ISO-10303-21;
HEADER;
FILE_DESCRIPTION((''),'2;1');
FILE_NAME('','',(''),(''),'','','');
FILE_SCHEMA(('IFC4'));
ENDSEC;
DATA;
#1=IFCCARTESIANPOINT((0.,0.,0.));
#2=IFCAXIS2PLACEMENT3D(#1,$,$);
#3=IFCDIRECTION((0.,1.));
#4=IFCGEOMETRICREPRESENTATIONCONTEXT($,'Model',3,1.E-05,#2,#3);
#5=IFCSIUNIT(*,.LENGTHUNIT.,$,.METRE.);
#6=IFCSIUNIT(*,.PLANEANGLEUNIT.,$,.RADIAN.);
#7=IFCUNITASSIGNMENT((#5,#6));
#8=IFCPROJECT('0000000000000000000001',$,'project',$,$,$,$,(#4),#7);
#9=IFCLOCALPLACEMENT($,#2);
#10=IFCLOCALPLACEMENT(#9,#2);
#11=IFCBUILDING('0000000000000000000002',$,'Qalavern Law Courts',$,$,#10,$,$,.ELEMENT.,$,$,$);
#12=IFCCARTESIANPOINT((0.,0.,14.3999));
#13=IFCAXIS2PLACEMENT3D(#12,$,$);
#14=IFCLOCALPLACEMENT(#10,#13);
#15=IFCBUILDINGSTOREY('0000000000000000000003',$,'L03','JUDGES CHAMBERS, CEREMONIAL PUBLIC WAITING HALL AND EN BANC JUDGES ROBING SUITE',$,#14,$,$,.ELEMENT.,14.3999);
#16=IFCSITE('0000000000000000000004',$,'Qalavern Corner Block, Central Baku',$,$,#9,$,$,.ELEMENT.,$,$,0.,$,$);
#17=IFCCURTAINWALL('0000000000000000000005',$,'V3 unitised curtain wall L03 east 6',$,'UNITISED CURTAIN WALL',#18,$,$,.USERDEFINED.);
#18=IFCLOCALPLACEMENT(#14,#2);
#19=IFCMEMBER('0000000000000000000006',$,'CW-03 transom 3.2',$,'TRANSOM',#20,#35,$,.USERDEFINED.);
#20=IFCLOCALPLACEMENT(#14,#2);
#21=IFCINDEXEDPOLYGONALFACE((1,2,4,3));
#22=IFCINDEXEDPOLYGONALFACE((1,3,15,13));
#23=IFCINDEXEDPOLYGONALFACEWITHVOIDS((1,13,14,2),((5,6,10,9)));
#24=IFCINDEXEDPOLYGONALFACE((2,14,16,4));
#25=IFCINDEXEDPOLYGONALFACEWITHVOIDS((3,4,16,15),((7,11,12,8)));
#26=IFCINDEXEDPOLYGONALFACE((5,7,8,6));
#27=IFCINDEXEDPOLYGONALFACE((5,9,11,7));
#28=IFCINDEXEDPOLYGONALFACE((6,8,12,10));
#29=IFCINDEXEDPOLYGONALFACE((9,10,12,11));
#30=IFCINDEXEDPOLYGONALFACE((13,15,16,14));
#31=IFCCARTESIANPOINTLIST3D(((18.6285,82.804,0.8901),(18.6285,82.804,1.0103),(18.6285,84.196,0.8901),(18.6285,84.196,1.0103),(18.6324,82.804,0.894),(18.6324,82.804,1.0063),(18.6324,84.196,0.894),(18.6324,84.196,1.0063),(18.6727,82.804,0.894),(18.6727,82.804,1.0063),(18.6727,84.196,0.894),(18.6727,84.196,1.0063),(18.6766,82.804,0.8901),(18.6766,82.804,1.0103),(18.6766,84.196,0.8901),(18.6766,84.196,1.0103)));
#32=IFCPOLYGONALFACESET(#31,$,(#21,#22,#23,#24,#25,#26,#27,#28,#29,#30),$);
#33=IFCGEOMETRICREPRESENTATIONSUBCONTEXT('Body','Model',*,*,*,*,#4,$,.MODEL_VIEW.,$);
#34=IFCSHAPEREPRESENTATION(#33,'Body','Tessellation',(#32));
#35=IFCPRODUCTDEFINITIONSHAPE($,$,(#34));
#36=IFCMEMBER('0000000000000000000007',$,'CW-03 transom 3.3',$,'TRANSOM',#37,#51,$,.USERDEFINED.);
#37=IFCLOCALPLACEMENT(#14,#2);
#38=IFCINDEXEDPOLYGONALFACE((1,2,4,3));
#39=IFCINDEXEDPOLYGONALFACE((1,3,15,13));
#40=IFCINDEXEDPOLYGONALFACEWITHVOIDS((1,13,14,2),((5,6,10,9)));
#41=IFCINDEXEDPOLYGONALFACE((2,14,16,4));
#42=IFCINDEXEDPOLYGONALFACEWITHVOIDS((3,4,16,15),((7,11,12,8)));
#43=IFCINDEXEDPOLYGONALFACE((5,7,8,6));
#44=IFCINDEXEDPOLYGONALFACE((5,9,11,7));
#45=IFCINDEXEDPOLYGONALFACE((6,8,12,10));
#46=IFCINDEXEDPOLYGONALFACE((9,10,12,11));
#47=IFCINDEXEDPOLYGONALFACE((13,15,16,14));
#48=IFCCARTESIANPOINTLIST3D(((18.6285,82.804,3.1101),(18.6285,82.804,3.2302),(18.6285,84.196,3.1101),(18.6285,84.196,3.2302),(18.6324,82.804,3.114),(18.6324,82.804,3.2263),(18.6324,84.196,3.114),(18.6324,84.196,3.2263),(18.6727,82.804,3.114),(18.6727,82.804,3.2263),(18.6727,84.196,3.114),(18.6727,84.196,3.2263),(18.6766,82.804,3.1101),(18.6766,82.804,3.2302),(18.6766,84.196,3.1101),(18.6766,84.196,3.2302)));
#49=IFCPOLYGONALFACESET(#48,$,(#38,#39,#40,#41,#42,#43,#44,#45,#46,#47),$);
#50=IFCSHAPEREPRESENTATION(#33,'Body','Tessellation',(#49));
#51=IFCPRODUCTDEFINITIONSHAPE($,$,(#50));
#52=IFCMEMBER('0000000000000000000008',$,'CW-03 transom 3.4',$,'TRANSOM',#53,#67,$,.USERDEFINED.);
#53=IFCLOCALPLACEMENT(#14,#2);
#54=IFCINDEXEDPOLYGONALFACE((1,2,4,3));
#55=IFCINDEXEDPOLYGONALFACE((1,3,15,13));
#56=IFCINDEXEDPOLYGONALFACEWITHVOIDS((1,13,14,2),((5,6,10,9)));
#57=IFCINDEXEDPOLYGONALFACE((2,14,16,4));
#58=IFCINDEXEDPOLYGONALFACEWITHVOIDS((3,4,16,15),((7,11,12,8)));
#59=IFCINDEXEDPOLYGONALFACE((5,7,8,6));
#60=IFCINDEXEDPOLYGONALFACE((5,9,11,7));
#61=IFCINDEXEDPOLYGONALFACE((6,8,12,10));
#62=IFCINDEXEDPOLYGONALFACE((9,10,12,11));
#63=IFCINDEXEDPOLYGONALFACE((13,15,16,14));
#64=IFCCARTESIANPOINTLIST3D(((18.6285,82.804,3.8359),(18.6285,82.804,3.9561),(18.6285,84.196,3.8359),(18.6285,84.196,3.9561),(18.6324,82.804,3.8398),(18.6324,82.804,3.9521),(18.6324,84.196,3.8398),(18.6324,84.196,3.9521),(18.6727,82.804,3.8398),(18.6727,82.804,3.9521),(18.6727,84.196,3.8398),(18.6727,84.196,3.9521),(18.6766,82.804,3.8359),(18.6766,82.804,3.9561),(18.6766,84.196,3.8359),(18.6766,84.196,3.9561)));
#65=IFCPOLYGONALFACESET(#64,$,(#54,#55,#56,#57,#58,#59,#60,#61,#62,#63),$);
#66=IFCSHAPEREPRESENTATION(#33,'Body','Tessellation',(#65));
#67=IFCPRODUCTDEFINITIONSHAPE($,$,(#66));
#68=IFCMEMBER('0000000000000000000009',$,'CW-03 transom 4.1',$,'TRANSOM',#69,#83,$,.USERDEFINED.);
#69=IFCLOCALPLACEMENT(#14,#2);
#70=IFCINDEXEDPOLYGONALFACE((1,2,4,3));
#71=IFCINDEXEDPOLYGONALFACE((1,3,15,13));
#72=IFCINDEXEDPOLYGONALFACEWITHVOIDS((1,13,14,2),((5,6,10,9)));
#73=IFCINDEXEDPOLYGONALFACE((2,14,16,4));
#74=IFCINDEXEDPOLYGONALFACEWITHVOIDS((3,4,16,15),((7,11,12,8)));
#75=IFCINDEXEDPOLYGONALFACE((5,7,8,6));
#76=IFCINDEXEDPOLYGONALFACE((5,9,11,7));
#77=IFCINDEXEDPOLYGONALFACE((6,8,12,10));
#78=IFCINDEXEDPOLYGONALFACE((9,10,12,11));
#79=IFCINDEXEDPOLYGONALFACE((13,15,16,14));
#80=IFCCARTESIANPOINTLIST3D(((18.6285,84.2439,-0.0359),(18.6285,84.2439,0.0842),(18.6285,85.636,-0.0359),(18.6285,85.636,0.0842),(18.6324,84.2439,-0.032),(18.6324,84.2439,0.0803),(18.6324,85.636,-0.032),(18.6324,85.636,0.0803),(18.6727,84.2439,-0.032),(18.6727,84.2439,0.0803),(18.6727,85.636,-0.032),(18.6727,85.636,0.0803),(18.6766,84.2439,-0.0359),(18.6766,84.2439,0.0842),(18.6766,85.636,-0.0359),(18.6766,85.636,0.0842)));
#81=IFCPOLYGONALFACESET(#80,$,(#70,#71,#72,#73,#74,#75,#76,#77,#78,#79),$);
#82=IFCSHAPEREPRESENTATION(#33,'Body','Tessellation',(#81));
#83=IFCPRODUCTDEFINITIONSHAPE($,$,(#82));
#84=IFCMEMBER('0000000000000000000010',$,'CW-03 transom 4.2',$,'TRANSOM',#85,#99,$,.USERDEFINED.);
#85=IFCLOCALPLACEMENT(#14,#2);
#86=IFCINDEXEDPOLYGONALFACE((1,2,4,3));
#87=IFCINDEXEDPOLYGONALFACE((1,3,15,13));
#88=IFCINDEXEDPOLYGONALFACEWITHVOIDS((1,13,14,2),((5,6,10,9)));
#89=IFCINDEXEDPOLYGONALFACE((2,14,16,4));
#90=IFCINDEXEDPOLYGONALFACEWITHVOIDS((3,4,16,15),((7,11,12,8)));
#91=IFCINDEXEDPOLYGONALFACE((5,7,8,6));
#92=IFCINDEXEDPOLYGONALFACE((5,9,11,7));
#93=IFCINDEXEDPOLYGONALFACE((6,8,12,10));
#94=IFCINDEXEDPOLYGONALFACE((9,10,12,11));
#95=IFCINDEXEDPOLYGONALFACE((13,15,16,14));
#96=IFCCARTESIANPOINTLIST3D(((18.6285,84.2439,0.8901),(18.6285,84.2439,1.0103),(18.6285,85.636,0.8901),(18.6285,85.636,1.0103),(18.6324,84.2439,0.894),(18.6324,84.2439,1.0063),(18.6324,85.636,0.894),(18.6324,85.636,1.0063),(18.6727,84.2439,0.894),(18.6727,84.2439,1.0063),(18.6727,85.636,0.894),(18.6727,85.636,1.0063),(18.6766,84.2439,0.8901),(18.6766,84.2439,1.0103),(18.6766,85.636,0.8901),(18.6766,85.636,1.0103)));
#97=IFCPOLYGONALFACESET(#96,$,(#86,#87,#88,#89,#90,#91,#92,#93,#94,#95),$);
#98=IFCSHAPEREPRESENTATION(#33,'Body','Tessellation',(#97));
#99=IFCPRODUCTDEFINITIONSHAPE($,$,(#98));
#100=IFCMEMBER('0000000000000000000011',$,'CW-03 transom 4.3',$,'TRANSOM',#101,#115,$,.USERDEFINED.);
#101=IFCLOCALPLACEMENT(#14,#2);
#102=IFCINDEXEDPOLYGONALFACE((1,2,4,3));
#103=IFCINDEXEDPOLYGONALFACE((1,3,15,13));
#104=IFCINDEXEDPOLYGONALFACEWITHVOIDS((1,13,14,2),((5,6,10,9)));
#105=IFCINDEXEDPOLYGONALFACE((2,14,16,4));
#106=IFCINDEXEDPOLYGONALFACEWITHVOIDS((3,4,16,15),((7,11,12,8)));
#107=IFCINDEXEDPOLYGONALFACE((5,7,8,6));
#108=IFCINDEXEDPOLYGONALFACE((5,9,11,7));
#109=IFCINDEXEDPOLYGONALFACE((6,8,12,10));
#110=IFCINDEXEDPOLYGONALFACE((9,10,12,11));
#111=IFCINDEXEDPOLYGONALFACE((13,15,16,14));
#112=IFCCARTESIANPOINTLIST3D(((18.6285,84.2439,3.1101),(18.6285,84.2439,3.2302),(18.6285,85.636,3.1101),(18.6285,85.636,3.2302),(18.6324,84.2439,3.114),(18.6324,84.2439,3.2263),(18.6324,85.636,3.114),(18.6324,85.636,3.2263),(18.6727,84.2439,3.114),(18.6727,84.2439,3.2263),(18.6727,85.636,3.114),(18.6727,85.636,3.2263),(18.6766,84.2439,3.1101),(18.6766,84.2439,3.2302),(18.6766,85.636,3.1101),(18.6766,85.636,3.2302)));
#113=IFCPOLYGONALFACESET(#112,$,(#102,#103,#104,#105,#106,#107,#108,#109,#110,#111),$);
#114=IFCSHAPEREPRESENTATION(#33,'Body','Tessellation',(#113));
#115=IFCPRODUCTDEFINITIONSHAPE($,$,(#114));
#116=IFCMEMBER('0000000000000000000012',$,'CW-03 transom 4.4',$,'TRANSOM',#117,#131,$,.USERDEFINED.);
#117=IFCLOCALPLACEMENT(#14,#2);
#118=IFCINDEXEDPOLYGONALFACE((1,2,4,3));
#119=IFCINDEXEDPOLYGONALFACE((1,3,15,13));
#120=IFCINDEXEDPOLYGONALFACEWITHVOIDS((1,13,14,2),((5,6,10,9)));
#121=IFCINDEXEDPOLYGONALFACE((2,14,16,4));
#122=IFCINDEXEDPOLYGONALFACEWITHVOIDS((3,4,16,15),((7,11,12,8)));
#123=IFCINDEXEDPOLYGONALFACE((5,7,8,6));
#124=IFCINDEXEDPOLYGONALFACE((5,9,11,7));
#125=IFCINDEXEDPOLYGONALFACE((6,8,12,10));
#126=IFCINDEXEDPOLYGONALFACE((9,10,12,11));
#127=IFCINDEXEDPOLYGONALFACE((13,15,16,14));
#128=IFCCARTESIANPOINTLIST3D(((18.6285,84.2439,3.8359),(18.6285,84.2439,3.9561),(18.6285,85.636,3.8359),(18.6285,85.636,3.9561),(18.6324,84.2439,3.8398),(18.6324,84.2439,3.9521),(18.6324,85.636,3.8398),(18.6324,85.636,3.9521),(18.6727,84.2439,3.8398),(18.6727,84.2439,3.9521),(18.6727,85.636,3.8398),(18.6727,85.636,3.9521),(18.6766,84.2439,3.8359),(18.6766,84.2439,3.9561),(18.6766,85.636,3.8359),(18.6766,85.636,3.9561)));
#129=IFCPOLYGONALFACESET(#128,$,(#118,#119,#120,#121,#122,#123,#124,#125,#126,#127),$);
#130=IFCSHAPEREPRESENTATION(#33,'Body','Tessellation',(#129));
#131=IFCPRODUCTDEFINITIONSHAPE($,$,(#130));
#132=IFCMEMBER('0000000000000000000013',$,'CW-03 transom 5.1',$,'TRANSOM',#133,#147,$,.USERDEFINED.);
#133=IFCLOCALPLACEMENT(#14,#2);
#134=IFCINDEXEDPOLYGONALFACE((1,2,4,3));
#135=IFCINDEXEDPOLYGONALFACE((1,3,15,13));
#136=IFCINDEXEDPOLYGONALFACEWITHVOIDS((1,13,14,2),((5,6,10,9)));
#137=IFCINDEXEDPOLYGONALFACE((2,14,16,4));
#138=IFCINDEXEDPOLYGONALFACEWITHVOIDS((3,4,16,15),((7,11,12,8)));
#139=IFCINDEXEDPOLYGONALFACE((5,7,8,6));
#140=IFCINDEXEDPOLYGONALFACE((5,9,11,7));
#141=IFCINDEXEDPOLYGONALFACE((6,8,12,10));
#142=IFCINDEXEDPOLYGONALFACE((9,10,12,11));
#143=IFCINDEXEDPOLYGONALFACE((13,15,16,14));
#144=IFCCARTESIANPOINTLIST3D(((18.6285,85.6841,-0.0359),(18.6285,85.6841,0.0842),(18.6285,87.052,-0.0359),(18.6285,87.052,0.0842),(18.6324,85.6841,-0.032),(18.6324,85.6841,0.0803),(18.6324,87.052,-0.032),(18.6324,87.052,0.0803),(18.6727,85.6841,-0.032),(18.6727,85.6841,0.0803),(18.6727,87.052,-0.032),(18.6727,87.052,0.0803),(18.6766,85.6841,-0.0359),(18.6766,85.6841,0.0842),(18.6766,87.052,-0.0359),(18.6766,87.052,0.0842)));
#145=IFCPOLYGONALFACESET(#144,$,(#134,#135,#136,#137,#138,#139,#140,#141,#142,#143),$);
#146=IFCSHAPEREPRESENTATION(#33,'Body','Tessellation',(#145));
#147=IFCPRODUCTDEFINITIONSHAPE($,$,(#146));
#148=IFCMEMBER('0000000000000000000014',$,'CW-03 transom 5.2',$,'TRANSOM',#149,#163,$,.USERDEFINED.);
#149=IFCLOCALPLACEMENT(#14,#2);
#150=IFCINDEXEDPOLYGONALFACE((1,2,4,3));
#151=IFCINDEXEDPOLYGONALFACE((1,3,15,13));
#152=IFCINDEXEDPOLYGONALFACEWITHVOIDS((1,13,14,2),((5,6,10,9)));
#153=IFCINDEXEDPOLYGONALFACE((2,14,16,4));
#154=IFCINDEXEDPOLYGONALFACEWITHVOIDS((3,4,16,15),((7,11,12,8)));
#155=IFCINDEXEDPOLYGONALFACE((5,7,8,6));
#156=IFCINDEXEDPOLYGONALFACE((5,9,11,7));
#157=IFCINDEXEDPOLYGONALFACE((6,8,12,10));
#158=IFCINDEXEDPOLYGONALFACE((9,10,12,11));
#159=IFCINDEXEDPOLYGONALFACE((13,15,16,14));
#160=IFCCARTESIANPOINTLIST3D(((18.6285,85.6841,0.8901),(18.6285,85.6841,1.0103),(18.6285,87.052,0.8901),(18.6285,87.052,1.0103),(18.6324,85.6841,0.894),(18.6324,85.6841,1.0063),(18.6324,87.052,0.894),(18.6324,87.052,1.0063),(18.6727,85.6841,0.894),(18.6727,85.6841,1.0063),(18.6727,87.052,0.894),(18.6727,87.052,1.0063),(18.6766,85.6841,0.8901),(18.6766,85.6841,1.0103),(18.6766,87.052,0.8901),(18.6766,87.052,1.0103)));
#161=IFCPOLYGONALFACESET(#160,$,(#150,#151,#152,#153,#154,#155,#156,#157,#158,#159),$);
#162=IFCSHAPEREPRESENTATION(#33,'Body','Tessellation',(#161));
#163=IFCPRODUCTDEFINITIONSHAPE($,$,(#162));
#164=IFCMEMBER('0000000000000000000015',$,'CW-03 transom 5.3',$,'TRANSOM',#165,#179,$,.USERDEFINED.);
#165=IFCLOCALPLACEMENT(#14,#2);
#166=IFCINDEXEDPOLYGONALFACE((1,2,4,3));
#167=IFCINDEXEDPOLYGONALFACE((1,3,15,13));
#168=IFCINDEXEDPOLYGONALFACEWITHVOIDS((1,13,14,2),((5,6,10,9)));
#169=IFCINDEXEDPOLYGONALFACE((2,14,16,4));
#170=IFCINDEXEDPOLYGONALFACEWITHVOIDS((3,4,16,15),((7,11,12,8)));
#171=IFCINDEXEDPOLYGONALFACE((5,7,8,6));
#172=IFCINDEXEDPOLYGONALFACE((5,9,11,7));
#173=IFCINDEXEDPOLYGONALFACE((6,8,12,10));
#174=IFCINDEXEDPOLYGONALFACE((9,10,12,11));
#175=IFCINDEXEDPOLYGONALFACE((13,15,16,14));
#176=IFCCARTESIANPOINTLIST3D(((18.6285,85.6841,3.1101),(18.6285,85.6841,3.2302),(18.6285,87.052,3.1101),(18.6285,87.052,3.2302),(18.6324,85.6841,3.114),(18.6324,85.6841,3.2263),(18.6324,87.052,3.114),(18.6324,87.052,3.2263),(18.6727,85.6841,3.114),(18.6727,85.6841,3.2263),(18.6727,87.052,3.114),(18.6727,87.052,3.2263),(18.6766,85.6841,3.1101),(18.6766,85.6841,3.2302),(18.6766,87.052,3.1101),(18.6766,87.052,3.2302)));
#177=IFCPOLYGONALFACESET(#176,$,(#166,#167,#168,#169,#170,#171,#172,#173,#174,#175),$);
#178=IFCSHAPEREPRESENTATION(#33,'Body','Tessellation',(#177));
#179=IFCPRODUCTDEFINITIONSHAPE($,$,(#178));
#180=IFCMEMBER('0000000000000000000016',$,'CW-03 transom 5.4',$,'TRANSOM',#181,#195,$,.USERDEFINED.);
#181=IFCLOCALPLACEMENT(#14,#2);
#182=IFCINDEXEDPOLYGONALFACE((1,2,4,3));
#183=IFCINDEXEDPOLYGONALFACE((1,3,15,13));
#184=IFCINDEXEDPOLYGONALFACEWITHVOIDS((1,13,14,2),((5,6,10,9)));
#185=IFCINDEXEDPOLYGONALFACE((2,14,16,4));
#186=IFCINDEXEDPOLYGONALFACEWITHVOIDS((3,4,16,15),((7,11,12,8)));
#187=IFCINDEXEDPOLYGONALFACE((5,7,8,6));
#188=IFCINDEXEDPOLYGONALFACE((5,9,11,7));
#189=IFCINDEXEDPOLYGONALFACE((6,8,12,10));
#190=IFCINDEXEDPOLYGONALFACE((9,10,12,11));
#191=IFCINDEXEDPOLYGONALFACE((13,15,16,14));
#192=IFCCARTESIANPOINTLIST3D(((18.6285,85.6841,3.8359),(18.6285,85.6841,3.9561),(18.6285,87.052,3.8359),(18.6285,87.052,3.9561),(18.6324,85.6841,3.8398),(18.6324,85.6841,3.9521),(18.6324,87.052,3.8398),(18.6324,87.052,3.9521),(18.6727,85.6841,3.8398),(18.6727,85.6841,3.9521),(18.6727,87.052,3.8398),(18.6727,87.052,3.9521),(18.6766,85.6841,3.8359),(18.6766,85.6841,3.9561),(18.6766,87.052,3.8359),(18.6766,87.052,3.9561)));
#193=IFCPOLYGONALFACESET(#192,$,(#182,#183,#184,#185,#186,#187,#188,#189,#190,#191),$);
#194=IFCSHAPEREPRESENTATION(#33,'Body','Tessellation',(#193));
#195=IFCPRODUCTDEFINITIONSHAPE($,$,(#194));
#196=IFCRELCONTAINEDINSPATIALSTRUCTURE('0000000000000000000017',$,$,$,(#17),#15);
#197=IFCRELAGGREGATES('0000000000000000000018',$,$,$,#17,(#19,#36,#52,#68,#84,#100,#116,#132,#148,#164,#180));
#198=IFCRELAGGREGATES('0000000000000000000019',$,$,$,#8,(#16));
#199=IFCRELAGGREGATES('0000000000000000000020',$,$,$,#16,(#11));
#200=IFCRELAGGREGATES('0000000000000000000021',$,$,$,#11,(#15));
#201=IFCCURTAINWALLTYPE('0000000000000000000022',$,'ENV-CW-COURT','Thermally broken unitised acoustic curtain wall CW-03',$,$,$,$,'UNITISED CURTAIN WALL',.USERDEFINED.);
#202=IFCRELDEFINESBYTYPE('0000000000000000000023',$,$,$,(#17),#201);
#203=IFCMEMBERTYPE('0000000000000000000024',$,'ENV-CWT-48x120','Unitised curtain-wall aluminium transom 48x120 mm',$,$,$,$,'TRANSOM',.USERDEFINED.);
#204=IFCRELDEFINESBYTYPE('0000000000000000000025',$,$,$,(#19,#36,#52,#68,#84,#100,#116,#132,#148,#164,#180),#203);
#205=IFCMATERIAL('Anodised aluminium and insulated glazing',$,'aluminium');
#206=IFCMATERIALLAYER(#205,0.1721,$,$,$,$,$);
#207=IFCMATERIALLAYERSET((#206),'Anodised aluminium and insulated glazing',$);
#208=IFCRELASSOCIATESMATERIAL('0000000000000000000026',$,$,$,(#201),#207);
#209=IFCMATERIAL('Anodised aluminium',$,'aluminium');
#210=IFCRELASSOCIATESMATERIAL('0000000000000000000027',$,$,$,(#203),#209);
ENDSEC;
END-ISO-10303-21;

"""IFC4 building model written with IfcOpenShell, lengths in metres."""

from ifc_helpers import new_model, si_unit, direction, frame, origin, origin_2d, place, context, subcontext, project, spatial, hollow_rectangle, extrude, material, layer, layer_set, material_profile, profile_set, type_object, element, aggregate, save


model = new_model("IFC4")

# Units and contexts
model_context = context("Model", 3, precision=1e-05, world=origin(), true_north=direction((0.0, 1.0)))
body_context = subcontext(model_context, "Body", "Model", "MODEL_VIEW")
ifc_project = project(units=[si_unit("LENGTHUNIT", "METRE"), si_unit("PLANEANGLEUNIT", "RADIAN")], contexts=[model_context])

# Site, building, storey
site_placement = place(None, origin())
site = spatial("IfcSite", under=ifc_project, at=site_placement, Name="Qalavern Corner Block, Central Baku", CompositionType="ELEMENT", RefElevation=0.0)
building_placement = place(site_placement, origin())
building = spatial("IfcBuilding", under=site, at=building_placement, Name="Qalavern Law Courts", CompositionType="ELEMENT")
storey_placement = place(building_placement, frame((0.0, 0.0, 14.3999)))
storey = spatial("IfcBuildingStorey", under=building, at=storey_placement, Name="L03", Description="JUDGES CHAMBERS, CEREMONIAL PUBLIC WAITING HALL AND EN BANC JUDGES ROBING SUITE", CompositionType="ELEMENT", Elevation=14.3999)

# Curtain wall, members
ifc_material_1 = material(Name="Anodised aluminium and insulated glazing", Category="aluminium")
ifc_layer_1 = layer(ifc_material_1, 0.1721)
ifc_layer_set_1 = layer_set([ifc_layer_1], Name="Anodised aluminium and insulated glazing")
curtain_wall_type = type_object("IfcCurtainWallType", Name="ENV-CW-COURT", Description="Thermally broken unitised acoustic curtain wall CW-03", ElementType="UNITISED CURTAIN WALL", PredefinedType="USERDEFINED", material=ifc_layer_set_1)
curtain_wall_placement = place(storey_placement, origin())
curtain_wall = element("IfcCurtainWall", 1, at=curtain_wall_placement, inside=storey, type_object=curtain_wall_type, Name="V3 unitised curtain wall L03 east 6", ObjectType="UNITISED CURTAIN WALL", PredefinedType="USERDEFINED")
ifc_material_2 = material(Name="Anodised aluminium", Category="aluminium")
ifc_material_profile_1 = material_profile(ifc_material_2, hollow_rectangle(XDim=0.0481, YDim=0.1201, WallThickness=0.0039, at=origin_2d()), Name="ALU TRANSOM 48x120")
ifc_profile_set_1 = profile_set([ifc_material_profile_1], Name="Anodised aluminium")
member_type_1 = type_object("IfcMemberType", Name="ENV-CWT-48x120", Description="Unitised curtain-wall aluminium transom 48x120 mm", ElementType="TRANSOM", PredefinedType="USERDEFINED", material=ifc_profile_set_1)
member_1_placement = place(storey_placement, frame((18.6526, 82.804, 0.9502), z_axis=(0.0, 1.0, 0.0), x_axis=(-1.0, 0.0, 0.0)))
member_1 = element("IfcMember", 2, at=member_1_placement, type_object=member_type_1, Name="CW-03 transom 3.2", ObjectType="TRANSOM", PredefinedType="USERDEFINED", context=body_context, shape_type="SweptSolid", body=[
    extrude(hollow_rectangle(XDim=0.0481, YDim=0.1201, WallThickness=0.0039, at=origin_2d()), origin(), (0.0, 0.0, 1.0), 1.3921),
])
member_2_placement = place(storey_placement, frame((18.6526, 82.804, 3.1702), z_axis=(0.0, 1.0, 0.0), x_axis=(-1.0, 0.0, 0.0)))
member_2 = element("IfcMember", 3, at=member_2_placement, type_object=member_type_1, Name="CW-03 transom 3.3", ObjectType="TRANSOM", PredefinedType="USERDEFINED", context=body_context, shape_type="SweptSolid", body=[
    extrude(hollow_rectangle(XDim=0.0481, YDim=0.1201, WallThickness=0.0039, at=origin_2d()), origin(), (0.0, 0.0, 1.0), 1.3921),
])
member_3_placement = place(storey_placement, frame((18.6526, 82.804, 3.896), z_axis=(0.0, 1.0, 0.0), x_axis=(-1.0, 0.0, 0.0)))
member_3 = element("IfcMember", 4, at=member_3_placement, type_object=member_type_1, Name="CW-03 transom 3.4", ObjectType="TRANSOM", PredefinedType="USERDEFINED", context=body_context, shape_type="SweptSolid", body=[
    extrude(hollow_rectangle(XDim=0.0481, YDim=0.1201, WallThickness=0.0039, at=origin_2d()), origin(), (0.0, 0.0, 1.0), 1.3921),
])
member_4_placement = place(storey_placement, frame((18.6526, 84.2439, 0.0242), z_axis=(0.0, 1.0, 0.0), x_axis=(-1.0, 0.0, 0.0)))
member_4 = element("IfcMember", 5, at=member_4_placement, type_object=member_type_1, Name="CW-03 transom 4.1", ObjectType="TRANSOM", PredefinedType="USERDEFINED", context=body_context, shape_type="SweptSolid", body=[
    extrude(hollow_rectangle(XDim=0.0481, YDim=0.1201, WallThickness=0.0039, at=origin_2d()), origin(), (0.0, 0.0, 1.0), 1.3921),
])
member_5_placement = place(storey_placement, frame((18.6526, 84.2439, 0.9502), z_axis=(0.0, 1.0, 0.0), x_axis=(-1.0, 0.0, 0.0)))
member_5 = element("IfcMember", 6, at=member_5_placement, type_object=member_type_1, Name="CW-03 transom 4.2", ObjectType="TRANSOM", PredefinedType="USERDEFINED", context=body_context, shape_type="SweptSolid", body=[
    extrude(hollow_rectangle(XDim=0.0481, YDim=0.1201, WallThickness=0.0039, at=origin_2d()), origin(), (0.0, 0.0, 1.0), 1.3921),
])
member_6_placement = place(storey_placement, frame((18.6526, 84.2439, 3.1702), z_axis=(0.0, 1.0, 0.0), x_axis=(-1.0, 0.0, 0.0)))
member_6 = element("IfcMember", 7, at=member_6_placement, type_object=member_type_1, Name="CW-03 transom 4.3", ObjectType="TRANSOM", PredefinedType="USERDEFINED", context=body_context, shape_type="SweptSolid", body=[
    extrude(hollow_rectangle(XDim=0.0481, YDim=0.1201, WallThickness=0.0039, at=origin_2d()), origin(), (0.0, 0.0, 1.0), 1.3921),
])
member_7_placement = place(storey_placement, frame((18.6526, 84.2439, 3.896), z_axis=(0.0, 1.0, 0.0), x_axis=(-1.0, 0.0, 0.0)))
member_7 = element("IfcMember", 8, at=member_7_placement, type_object=member_type_1, Name="CW-03 transom 4.4", ObjectType="TRANSOM", PredefinedType="USERDEFINED", context=body_context, shape_type="SweptSolid", body=[
    extrude(hollow_rectangle(XDim=0.0481, YDim=0.1201, WallThickness=0.0039, at=origin_2d()), origin(), (0.0, 0.0, 1.0), 1.3921),
])
member_8_placement = place(storey_placement, frame((18.6526, 85.6841, 0.0242), z_axis=(0.0, 1.0, 0.0), x_axis=(-1.0, 0.0, 0.0)))
member_8 = element("IfcMember", 9, at=member_8_placement, type_object=member_type_1, Name="CW-03 transom 5.1", ObjectType="TRANSOM", PredefinedType="USERDEFINED", context=body_context, shape_type="SweptSolid", body=[
    extrude(hollow_rectangle(XDim=0.0481, YDim=0.1201, WallThickness=0.0039, at=origin_2d()), origin(), (0.0, 0.0, 1.0), 1.3679),
])
member_9_placement = place(storey_placement, frame((18.6526, 85.6841, 0.9502), z_axis=(0.0, 1.0, 0.0), x_axis=(-1.0, 0.0, 0.0)))
member_9 = element("IfcMember", 10, at=member_9_placement, type_object=member_type_1, Name="CW-03 transom 5.2", ObjectType="TRANSOM", PredefinedType="USERDEFINED", context=body_context, shape_type="SweptSolid", body=[
    extrude(hollow_rectangle(XDim=0.0481, YDim=0.1201, WallThickness=0.0039, at=origin_2d()), origin(), (0.0, 0.0, 1.0), 1.3679),
])
member_10_placement = place(storey_placement, frame((18.6526, 85.6841, 3.1702), z_axis=(0.0, 1.0, 0.0), x_axis=(-1.0, 0.0, 0.0)))
member_10 = element("IfcMember", 11, at=member_10_placement, type_object=member_type_1, Name="CW-03 transom 5.3", ObjectType="TRANSOM", PredefinedType="USERDEFINED", context=body_context, shape_type="SweptSolid", body=[
    extrude(hollow_rectangle(XDim=0.0481, YDim=0.1201, WallThickness=0.0039, at=origin_2d()), origin(), (0.0, 0.0, 1.0), 1.3679),
])
member_11_placement = place(storey_placement, frame((18.6526, 85.6841, 3.896), z_axis=(0.0, 1.0, 0.0), x_axis=(-1.0, 0.0, 0.0)))
member_11 = element("IfcMember", 12, at=member_11_placement, type_object=member_type_1, Name="CW-03 transom 5.4", ObjectType="TRANSOM", PredefinedType="USERDEFINED", context=body_context, shape_type="SweptSolid", body=[
    extrude(hollow_rectangle(XDim=0.0481, YDim=0.1201, WallThickness=0.0039, at=origin_2d()), origin(), (0.0, 0.0, 1.0), 1.3679),
])

aggregate(curtain_wall, [member_1, member_2, member_3, member_4, member_5, member_6, member_7, member_8, member_9, member_10, member_11])

save(model, "model.ifc")
